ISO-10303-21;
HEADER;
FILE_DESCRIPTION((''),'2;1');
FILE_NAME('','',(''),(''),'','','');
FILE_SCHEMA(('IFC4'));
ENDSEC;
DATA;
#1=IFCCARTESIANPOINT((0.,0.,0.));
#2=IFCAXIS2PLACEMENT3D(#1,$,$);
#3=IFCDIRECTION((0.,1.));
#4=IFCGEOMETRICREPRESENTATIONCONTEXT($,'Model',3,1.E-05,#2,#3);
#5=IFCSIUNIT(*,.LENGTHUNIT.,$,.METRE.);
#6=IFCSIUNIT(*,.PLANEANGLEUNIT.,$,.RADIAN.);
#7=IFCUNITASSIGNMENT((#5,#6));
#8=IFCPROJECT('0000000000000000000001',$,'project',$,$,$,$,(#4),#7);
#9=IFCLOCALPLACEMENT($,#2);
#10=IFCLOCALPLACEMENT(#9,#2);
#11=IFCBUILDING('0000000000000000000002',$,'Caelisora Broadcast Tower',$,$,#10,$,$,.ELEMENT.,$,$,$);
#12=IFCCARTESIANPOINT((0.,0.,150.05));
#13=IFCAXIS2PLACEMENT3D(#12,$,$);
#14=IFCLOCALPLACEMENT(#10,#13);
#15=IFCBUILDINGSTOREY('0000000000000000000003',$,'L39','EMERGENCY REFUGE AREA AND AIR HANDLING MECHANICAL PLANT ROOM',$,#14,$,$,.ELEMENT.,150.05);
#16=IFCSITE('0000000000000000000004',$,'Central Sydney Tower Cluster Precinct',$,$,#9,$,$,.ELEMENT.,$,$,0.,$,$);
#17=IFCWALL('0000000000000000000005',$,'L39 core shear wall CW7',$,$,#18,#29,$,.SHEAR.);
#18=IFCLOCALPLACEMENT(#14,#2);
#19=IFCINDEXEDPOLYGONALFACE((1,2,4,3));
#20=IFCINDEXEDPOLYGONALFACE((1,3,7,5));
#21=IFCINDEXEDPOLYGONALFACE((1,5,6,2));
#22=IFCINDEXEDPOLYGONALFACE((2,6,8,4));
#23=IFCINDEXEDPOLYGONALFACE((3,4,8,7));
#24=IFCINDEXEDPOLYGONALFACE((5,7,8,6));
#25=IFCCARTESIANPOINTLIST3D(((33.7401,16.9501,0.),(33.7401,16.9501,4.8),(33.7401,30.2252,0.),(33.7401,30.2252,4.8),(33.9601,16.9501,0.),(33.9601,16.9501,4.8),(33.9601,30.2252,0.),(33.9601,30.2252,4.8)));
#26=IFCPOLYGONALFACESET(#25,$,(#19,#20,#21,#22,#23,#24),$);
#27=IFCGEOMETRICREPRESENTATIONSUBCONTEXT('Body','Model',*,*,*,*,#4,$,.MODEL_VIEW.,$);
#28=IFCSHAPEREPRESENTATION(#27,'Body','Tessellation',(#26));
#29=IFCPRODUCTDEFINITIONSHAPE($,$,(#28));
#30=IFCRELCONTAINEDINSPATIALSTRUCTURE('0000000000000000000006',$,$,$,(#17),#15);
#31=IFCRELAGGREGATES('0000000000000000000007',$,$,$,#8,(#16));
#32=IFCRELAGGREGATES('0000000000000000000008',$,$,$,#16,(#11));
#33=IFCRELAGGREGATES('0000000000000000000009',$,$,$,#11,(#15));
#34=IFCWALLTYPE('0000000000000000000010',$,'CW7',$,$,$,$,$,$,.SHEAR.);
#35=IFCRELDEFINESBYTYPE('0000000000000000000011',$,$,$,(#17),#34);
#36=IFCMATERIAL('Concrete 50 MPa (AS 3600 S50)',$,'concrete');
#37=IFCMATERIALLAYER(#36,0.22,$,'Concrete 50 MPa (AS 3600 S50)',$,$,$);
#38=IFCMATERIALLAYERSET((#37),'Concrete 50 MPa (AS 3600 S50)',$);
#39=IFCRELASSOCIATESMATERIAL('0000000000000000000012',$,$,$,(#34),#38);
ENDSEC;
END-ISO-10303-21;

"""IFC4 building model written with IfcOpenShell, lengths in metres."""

from ifc_helpers import new_model, si_unit, direction, frame, frame_2d, origin, place, context, subcontext, project, spatial, rectangle, extrude, material, layer, layer_set, type_object, element, save


model = new_model("IFC4")

# Units and contexts
model_context = context("Model", 3, precision=1e-05, world=origin(), true_north=direction((0.0, 1.0)))
body_context = subcontext(model_context, "Body", "Model", "MODEL_VIEW")
ifc_project = project(units=[si_unit("LENGTHUNIT", "METRE"), si_unit("PLANEANGLEUNIT", "RADIAN")], contexts=[model_context])

# Site, building, storey
site_placement = place(None, origin())
site = spatial("IfcSite", under=ifc_project, at=site_placement, Name="Central Sydney Tower Cluster Precinct", CompositionType="ELEMENT", RefElevation=0.0)
building_placement = place(site_placement, origin())
building = spatial("IfcBuilding", under=site, at=building_placement, Name="Caelisora Broadcast Tower", CompositionType="ELEMENT")
storey_placement = place(building_placement, frame((0.0, 0.0, 150.05)))
storey = spatial("IfcBuildingStorey", under=building, at=storey_placement, Name="L39", Description="EMERGENCY REFUGE AREA AND AIR HANDLING MECHANICAL PLANT ROOM", CompositionType="ELEMENT", Elevation=150.05)

# Shared definitions
ifc_material_1 = material(Name="Concrete 50 MPa (AS 3600 S50)", Category="concrete")

# Wall
ifc_layer_1 = layer(ifc_material_1, 0.22, Name="Concrete 50 MPa (AS 3600 S50)")
ifc_layer_set_1 = layer_set([ifc_layer_1], Name="Concrete 50 MPa (AS 3600 S50)")
wall_type_1 = type_object("IfcWallType", Name="CW7", PredefinedType="SHEAR", material=ifc_layer_set_1)
wall_1_placement = place(storey_placement, frame((33.8501, 16.95, 0.0), z_axis=(0.0, 0.0, 1.0), x_axis=(0.0, 1.0, 0.0)))
element("IfcWall", 1, at=wall_1_placement, inside=storey, type_object=wall_type_1, Name="L39 core shear wall CW7", PredefinedType="SHEAR", context=body_context, shape_type="SweptSolid", body=[
    extrude(rectangle(XDim=13.2751, YDim=0.22, at=frame_2d((6.6377, 0.0))), origin(), (0.0, 0.0, 1.0), 4.8),
])

save(model, "model.ifc")
